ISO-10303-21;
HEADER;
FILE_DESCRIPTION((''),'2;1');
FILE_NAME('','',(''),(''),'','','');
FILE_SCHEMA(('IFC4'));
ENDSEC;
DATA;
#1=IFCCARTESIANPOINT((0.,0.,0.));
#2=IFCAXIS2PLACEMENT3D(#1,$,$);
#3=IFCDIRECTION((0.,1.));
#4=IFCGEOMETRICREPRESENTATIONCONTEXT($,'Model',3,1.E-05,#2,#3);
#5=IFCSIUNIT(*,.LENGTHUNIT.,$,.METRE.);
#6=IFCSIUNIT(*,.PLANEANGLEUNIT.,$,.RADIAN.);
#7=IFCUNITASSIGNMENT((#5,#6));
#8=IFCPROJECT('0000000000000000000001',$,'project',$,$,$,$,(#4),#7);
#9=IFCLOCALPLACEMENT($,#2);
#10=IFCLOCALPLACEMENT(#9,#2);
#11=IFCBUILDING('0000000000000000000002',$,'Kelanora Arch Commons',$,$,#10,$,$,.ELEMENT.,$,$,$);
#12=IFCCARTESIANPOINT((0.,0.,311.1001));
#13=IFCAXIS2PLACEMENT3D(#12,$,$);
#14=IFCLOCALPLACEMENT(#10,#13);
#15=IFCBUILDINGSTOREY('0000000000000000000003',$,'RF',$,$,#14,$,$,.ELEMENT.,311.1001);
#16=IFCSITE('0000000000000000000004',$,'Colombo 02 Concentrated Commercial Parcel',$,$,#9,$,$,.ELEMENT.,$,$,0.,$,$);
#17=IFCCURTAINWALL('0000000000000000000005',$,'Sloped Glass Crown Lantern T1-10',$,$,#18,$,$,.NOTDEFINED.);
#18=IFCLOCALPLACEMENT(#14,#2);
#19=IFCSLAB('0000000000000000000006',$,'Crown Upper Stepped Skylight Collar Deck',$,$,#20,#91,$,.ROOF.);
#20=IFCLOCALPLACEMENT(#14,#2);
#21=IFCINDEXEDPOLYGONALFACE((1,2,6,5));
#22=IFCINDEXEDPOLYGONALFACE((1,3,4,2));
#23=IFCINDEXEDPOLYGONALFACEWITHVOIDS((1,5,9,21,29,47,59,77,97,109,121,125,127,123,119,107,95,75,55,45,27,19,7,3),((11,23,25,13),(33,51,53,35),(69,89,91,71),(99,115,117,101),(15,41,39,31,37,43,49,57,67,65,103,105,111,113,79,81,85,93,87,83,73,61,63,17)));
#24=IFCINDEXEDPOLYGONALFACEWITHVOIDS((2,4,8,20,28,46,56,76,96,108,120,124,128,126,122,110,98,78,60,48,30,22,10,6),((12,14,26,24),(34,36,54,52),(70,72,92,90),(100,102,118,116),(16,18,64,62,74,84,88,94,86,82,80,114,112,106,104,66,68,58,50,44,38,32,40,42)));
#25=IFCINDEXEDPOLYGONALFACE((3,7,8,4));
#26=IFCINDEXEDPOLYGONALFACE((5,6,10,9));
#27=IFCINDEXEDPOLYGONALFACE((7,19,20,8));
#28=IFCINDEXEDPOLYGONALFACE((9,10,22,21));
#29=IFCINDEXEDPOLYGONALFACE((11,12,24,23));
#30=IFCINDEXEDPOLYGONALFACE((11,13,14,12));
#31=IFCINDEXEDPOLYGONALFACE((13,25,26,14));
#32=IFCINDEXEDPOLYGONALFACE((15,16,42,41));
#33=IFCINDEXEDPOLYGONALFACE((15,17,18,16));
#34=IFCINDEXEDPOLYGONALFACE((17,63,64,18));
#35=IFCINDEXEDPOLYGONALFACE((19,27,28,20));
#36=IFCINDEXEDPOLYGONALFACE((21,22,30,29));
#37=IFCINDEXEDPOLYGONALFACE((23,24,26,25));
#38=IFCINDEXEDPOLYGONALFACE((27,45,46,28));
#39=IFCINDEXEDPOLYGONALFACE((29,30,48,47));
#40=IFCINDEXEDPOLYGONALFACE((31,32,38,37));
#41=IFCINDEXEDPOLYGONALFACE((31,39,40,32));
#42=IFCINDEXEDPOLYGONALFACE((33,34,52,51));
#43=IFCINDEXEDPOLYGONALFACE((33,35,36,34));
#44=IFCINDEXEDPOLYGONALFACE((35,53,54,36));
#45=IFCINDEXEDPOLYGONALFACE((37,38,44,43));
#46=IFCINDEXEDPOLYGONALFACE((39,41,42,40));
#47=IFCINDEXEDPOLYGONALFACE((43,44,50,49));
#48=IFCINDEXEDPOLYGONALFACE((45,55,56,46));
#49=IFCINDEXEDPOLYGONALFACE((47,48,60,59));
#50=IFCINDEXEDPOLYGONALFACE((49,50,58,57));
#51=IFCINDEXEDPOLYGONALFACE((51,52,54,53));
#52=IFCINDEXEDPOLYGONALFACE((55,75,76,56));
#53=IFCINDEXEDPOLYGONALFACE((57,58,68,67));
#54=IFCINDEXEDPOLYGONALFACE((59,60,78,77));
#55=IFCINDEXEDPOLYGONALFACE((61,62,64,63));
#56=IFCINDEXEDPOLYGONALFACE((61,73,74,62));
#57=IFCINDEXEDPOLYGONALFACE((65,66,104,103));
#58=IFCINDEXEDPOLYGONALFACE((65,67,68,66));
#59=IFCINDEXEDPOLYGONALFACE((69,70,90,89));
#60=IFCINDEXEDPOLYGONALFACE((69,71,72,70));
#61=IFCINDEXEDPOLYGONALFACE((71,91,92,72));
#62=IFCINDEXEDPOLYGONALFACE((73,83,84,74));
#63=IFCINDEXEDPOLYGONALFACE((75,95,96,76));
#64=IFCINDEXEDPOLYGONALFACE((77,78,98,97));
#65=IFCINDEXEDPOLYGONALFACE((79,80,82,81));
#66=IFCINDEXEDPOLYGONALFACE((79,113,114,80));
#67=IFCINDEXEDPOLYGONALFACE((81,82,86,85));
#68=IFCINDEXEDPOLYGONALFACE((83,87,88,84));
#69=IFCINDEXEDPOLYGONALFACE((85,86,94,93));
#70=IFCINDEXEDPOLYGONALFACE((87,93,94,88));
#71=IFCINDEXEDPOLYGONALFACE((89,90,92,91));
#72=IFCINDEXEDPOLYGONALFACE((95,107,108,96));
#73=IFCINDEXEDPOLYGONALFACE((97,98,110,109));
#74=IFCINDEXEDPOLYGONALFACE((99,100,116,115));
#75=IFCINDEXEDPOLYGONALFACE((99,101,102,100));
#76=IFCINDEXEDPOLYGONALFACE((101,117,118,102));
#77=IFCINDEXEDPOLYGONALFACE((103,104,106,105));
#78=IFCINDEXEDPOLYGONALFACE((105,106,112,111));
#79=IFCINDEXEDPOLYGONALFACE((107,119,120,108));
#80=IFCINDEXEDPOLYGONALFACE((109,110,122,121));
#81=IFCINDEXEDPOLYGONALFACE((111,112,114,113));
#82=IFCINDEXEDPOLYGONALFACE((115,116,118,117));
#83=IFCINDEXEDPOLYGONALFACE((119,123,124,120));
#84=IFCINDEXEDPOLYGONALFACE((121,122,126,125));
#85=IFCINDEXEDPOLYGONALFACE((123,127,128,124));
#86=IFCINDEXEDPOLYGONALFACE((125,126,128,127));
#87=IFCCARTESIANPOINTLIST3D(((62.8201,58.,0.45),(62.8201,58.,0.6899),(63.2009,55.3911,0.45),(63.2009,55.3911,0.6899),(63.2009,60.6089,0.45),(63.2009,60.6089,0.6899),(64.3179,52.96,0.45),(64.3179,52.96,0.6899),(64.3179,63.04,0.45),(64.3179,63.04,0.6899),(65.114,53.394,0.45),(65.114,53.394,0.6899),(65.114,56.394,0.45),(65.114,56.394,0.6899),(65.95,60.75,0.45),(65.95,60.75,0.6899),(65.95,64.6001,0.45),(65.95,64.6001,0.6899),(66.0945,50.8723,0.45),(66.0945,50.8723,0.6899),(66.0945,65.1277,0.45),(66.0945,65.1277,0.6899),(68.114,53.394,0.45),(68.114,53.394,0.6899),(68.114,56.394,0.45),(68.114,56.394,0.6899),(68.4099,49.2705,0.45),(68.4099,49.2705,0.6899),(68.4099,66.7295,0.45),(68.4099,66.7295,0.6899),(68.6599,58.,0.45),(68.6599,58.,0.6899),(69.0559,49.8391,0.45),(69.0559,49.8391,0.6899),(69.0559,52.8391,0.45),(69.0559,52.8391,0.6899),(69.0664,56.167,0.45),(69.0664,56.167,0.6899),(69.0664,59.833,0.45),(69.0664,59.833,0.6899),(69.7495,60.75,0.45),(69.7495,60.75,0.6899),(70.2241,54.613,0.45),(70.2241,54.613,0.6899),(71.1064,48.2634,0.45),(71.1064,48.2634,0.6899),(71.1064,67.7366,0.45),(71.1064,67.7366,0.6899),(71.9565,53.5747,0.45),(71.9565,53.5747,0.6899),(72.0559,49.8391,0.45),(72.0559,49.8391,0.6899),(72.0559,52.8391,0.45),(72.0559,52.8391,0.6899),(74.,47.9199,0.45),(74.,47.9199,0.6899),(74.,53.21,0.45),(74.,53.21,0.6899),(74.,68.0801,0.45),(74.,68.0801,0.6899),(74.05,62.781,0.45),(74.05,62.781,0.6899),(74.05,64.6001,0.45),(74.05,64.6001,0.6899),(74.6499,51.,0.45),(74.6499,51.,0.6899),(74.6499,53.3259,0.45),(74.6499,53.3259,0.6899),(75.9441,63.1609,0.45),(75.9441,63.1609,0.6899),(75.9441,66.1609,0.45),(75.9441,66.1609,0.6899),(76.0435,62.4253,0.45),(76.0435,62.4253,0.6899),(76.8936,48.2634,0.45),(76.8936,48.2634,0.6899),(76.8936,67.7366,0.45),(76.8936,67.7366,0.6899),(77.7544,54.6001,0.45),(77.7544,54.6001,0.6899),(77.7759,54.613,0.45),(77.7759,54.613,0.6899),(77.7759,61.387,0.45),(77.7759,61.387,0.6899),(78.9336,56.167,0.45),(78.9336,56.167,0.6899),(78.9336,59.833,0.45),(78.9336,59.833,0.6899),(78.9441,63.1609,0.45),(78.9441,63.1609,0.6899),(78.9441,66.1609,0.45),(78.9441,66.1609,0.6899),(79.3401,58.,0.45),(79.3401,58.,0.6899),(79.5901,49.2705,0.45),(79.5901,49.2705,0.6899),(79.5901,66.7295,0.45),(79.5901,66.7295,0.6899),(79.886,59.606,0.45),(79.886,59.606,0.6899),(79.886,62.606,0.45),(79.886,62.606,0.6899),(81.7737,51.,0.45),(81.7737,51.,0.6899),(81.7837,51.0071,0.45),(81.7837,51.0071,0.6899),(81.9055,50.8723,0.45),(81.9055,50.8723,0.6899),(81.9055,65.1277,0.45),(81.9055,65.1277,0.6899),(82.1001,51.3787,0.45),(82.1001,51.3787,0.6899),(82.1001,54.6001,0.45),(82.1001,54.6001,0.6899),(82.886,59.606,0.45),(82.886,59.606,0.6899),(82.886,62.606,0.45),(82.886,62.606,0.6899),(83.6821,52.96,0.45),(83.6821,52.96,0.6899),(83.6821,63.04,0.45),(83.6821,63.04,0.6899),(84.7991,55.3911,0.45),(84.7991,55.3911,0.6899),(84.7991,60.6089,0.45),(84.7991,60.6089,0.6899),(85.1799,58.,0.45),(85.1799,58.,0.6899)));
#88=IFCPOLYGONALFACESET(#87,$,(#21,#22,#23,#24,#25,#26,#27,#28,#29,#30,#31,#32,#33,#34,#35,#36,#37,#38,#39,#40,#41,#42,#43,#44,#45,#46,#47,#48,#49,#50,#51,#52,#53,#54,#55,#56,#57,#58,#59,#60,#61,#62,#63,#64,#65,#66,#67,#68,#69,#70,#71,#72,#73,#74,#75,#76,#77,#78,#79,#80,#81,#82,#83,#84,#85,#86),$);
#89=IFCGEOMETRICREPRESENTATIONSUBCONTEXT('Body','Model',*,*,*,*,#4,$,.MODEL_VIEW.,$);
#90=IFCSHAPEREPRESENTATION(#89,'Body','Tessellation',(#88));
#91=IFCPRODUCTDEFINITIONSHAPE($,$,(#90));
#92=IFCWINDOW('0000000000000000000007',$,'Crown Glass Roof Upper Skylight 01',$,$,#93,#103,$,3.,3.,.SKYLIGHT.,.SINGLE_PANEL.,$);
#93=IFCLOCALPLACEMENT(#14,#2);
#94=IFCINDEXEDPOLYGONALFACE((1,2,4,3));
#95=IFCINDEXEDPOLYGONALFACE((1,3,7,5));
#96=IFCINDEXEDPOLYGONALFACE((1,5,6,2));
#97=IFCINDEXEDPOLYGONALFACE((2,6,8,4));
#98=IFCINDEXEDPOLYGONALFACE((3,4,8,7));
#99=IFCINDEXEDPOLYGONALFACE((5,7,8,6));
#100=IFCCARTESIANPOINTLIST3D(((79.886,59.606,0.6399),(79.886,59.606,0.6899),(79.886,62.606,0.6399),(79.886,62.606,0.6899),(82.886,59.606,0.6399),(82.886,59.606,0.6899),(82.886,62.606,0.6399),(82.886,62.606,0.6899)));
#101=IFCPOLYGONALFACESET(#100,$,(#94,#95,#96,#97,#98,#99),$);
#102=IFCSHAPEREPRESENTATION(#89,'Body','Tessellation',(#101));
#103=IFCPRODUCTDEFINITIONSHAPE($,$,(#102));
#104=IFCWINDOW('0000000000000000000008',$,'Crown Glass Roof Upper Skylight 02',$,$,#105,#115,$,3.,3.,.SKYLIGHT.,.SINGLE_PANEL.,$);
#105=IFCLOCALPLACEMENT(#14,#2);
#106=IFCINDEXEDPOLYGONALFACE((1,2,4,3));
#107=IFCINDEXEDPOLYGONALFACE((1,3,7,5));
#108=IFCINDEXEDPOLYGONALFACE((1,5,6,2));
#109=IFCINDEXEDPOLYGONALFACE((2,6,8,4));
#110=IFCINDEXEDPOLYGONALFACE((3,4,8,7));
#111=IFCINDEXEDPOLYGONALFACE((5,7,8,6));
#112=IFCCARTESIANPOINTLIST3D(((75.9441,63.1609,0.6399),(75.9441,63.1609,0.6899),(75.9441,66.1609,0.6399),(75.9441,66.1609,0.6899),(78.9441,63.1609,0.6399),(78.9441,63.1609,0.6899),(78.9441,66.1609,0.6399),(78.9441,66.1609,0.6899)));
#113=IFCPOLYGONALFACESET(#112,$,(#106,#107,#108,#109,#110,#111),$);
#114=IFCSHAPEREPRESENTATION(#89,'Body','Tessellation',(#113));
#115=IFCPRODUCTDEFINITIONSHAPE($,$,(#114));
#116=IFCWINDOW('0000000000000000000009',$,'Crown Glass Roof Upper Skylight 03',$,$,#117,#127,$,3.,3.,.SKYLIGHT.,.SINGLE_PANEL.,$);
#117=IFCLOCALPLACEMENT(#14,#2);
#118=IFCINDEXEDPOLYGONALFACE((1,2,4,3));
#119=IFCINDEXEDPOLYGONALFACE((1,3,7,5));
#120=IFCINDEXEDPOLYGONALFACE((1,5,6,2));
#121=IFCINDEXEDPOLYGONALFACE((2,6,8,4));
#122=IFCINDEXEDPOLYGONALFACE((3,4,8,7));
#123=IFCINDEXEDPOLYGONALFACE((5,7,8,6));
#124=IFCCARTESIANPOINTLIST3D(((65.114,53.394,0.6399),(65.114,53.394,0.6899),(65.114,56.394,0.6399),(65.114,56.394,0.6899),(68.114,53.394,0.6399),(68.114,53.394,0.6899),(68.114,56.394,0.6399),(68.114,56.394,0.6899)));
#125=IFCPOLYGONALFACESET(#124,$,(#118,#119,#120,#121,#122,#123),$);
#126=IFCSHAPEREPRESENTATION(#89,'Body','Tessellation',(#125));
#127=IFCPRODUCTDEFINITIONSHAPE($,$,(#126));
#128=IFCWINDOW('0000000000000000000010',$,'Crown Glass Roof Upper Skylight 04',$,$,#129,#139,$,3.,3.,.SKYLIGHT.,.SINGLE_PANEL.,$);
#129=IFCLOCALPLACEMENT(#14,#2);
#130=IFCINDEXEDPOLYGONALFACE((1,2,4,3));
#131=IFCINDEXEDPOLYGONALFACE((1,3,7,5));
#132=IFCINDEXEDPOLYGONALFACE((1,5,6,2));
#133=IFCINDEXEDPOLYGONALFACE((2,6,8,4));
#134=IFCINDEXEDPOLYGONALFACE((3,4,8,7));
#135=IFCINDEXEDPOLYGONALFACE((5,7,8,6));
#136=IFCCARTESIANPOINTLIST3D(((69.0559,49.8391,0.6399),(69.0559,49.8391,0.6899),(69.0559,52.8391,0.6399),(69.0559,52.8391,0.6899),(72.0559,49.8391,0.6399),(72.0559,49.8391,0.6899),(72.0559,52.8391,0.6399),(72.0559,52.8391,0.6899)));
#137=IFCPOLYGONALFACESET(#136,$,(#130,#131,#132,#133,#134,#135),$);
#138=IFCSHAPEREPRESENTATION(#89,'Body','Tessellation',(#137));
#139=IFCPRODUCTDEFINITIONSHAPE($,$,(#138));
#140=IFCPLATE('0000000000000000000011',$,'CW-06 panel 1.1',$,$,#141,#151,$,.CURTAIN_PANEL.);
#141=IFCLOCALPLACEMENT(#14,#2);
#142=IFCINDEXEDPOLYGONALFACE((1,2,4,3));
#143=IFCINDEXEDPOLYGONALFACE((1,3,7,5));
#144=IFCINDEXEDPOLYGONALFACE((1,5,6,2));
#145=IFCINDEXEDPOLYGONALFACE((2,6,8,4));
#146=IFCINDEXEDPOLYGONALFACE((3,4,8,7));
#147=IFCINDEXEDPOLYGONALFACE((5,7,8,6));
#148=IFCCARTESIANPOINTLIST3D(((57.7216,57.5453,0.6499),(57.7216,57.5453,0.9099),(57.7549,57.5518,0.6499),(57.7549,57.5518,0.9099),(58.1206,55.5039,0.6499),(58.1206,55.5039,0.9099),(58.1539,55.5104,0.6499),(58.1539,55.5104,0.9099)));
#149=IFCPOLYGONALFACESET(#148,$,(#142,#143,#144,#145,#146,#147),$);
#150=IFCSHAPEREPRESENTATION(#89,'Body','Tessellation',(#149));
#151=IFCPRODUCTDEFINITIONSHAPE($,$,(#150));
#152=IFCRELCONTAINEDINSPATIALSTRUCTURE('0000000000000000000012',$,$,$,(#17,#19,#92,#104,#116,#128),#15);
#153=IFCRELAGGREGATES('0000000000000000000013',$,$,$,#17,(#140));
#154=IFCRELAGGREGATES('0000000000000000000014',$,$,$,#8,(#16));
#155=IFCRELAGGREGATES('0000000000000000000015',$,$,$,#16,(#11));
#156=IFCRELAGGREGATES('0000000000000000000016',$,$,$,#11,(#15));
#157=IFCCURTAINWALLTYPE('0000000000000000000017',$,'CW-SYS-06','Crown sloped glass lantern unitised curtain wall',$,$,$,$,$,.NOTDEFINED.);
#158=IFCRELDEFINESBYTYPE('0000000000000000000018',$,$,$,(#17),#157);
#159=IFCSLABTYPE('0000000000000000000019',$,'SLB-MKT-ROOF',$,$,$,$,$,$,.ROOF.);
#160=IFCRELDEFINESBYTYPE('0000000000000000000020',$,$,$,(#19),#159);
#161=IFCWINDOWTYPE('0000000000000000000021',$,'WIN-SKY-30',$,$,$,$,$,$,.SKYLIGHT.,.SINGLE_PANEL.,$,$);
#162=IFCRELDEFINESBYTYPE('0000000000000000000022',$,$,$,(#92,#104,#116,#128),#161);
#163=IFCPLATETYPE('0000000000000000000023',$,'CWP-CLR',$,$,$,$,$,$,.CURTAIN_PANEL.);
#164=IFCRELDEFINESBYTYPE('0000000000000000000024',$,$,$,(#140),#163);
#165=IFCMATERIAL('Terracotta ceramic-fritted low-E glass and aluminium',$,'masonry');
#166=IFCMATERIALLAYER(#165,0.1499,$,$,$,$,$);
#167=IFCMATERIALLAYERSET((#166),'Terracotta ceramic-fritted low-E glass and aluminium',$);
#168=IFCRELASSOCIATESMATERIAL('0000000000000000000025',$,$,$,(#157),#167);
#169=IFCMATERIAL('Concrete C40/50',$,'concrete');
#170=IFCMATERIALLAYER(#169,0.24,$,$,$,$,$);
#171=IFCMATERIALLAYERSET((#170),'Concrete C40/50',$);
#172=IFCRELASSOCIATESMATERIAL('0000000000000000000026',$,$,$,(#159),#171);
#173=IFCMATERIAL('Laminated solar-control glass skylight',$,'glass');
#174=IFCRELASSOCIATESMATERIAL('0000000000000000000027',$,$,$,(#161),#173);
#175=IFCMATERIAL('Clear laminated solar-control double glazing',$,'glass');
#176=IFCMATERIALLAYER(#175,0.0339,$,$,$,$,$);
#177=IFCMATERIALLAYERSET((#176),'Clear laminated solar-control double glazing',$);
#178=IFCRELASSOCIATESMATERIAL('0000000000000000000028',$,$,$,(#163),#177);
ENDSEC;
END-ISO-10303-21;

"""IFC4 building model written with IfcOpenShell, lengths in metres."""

from ifc_helpers import new_model, si_unit, direction, frame, origin, origin_2d, place, context, subcontext, project, spatial, polyline, rectangle, outline, extrude, source, transform, mapped, material, layer, layer_set, type_object, element, fill, aggregate, save


model = new_model("IFC4")

# Units and contexts
model_context = context("Model", 3, precision=1e-05, world=origin(), true_north=direction((0.0, 1.0)))
body_context = subcontext(model_context, "Body", "Model", "MODEL_VIEW")
ifc_project = project(units=[si_unit("LENGTHUNIT", "METRE"), si_unit("PLANEANGLEUNIT", "RADIAN")], contexts=[model_context])

# Site, building, storey
site_placement = place(None, origin())
site = spatial("IfcSite", under=ifc_project, at=site_placement, Name="Colombo 02 Concentrated Commercial Parcel", CompositionType="ELEMENT", RefElevation=0.0)
building_placement = place(site_placement, origin())
building = spatial("IfcBuilding", under=site, at=building_placement, Name="Kelanora Arch Commons", CompositionType="ELEMENT")
storey_placement = place(building_placement, frame((0.0, 0.0, 311.1001)))
storey = spatial("IfcBuildingStorey", under=building, at=storey_placement, Name="RF", CompositionType="ELEMENT", Elevation=311.1001)

# Curtain wall
ifc_material_1 = material(Name="Terracotta ceramic-fritted low-E glass and aluminium", Category="masonry")
ifc_layer_1 = layer(ifc_material_1, 0.1499)
ifc_layer_set_1 = layer_set([ifc_layer_1], Name="Terracotta ceramic-fritted low-E glass and aluminium")
curtain_wall_type = type_object("IfcCurtainWallType", Name="CW-SYS-06", Description="Crown sloped glass lantern unitised curtain wall", PredefinedType="NOTDEFINED", material=ifc_layer_set_1)
curtain_wall_placement = place(storey_placement, origin())
curtain_wall = element("IfcCurtainWall", 1, at=curtain_wall_placement, inside=storey, type_object=curtain_wall_type, Name="Sloped Glass Crown Lantern T1-10", PredefinedType="NOTDEFINED")

# Shared definitions
ifc_material_2 = material(Name="Concrete C40/50", Category="concrete")
ifc_layer_2 = layer(ifc_material_2, 0.24)
ifc_layer_set_2 = layer_set([ifc_layer_2], Name="Concrete C40/50")
slab_type_1 = type_object("IfcSlabType", Name="SLB-MKT-ROOF", PredefinedType="ROOF", material=ifc_layer_set_2)

# Slab, openings, windows
ifc_material_3 = material(Name="Laminated solar-control glass skylight", Category="glass")
window_type = type_object("IfcWindowType", Name="WIN-SKY-30", PartitioningType="SINGLE_PANEL", PredefinedType="SKYLIGHT", material=ifc_material_3)
slab_1_placement = place(storey_placement, frame((0.0, 0.0, 0.45)))
slab_1 = element("IfcSlab", 2, at=slab_1_placement, inside=storey, type_object=slab_type_1, Name="Crown Upper Stepped Skylight Collar Deck", PredefinedType="ROOF", context=body_context, shape_type="SweptSolid", body=[
    extrude(outline(polyline([(85.1799, 58.0), (84.7991, 60.6089), (83.6821, 63.04), (81.9055, 65.1277), (79.5901, 66.7295), (76.8936, 67.7366), (74.0, 68.0801), (71.1064, 67.7366), (68.4099, 66.7295), (66.0945, 65.1277), (64.3179, 63.04), (63.2009, 60.6089), (62.8201, 58.0), (63.2009, 55.3911), (64.3179, 52.96), (66.0945, 50.8723), (68.4099, 49.2705), (71.1064, 48.2634), (74.0, 47.9199), (76.8936, 48.2634), (79.5901, 49.2705), (81.9055, 50.8723), (83.6821, 52.96), (84.7991, 55.3911), (85.1799, 58.0)]), holes=[polyline([(74.6499, 53.3259), (74.0, 53.21), (71.9565, 53.5747), (70.2241, 54.613), (69.0664, 56.167), (68.6599, 58.0), (69.0664, 59.833), (69.7495, 60.75), (65.95, 60.75), (65.95, 64.6001), (74.05, 64.6001), (74.05, 62.781), (76.0435, 62.4253), (77.7759, 61.387), (78.9336, 59.833), (79.3401, 58.0), (78.9336, 56.167), (77.7759, 54.613), (77.7544, 54.6001), (82.1001, 54.6001), (82.1001, 51.3787), (81.7837, 51.0071), (81.7737, 51.0), (74.6499, 51.0), (74.6499, 53.3259)])]), origin(), (0.0, 0.0, 1.0), 0.24),
])
opening_1_placement = place(slab_1_placement, frame((81.386, 61.106, 0.0)))
opening_1 = element("IfcOpeningElement", 3, at=opening_1_placement, cuts=slab_1, PredefinedType="OPENING", context=body_context, shape_type="SweptSolid", body=[
    extrude(rectangle(XDim=3.0, YDim=3.0, at=origin_2d()), frame((0.0, 0.0, -0.01)), (0.0, 0.0, 1.0), 0.26),
])
opening_2_placement = place(slab_1_placement, frame((77.4441, 64.6609, 0.0)))
opening_2 = element("IfcOpeningElement", 4, at=opening_2_placement, cuts=slab_1, PredefinedType="OPENING", context=body_context, shape_type="SweptSolid", body=[
    extrude(rectangle(XDim=3.0, YDim=3.0, at=origin_2d()), frame((0.0, 0.0, -0.01)), (0.0, 0.0, 1.0), 0.26),
])
opening_3_placement = place(slab_1_placement, frame((66.614, 54.894, 0.0)))
opening_3 = element("IfcOpeningElement", 5, at=opening_3_placement, cuts=slab_1, PredefinedType="OPENING", context=body_context, shape_type="SweptSolid", body=[
    extrude(rectangle(XDim=3.0, YDim=3.0, at=origin_2d()), frame((0.0, 0.0, -0.01)), (0.0, 0.0, 1.0), 0.26),
])
opening_4_placement = place(slab_1_placement, frame((70.5559, 51.3391, 0.0)))
opening_4 = element("IfcOpeningElement", 6, at=opening_4_placement, cuts=slab_1, PredefinedType="OPENING", context=body_context, shape_type="SweptSolid", body=[
    extrude(rectangle(XDim=3.0, YDim=3.0, at=origin_2d()), frame((0.0, 0.0, -0.01)), (0.0, 0.0, 1.0), 0.26),
])
window_1_placement = place(opening_1_placement, frame((0.0, 0.0, 0.1899)))
window_1 = element("IfcWindow", 7, at=window_1_placement, inside=storey, type_object=window_type, Name="Crown Glass Roof Upper Skylight 01", OverallHeight=3.0, OverallWidth=3.0, PartitioningType="SINGLE_PANEL", PredefinedType="SKYLIGHT", context=body_context, shape_type="SweptSolid", body=[
    extrude(rectangle(XDim=3.0, YDim=3.0, at=origin_2d()), origin(), (0.0, 0.0, 1.0), 0.05),
])
fill(opening_1, window_1)
window_2_placement = place(opening_2_placement, frame((0.0, 0.0, 0.1899)))
window_2 = element("IfcWindow", 8, at=window_2_placement, inside=storey, type_object=window_type, Name="Crown Glass Roof Upper Skylight 02", OverallHeight=3.0, OverallWidth=3.0, PartitioningType="SINGLE_PANEL", PredefinedType="SKYLIGHT", context=body_context, shape_type="SweptSolid", body=[
    extrude(rectangle(XDim=3.0, YDim=3.0, at=origin_2d()), origin(), (0.0, 0.0, 1.0), 0.05),
])
fill(opening_2, window_2)
window_3_placement = place(opening_3_placement, frame((0.0, 0.0, 0.1899)))
window_3 = element("IfcWindow", 9, at=window_3_placement, inside=storey, type_object=window_type, Name="Crown Glass Roof Upper Skylight 03", OverallHeight=3.0, OverallWidth=3.0, PartitioningType="SINGLE_PANEL", PredefinedType="SKYLIGHT", context=body_context, shape_type="SweptSolid", body=[
    extrude(rectangle(XDim=3.0, YDim=3.0, at=origin_2d()), origin(), (0.0, 0.0, 1.0), 0.05),
])
fill(opening_3, window_3)
window_4_placement = place(opening_4_placement, frame((0.0, 0.0, 0.1899)))
window_4 = element("IfcWindow", 10, at=window_4_placement, inside=storey, type_object=window_type, Name="Crown Glass Roof Upper Skylight 04", OverallHeight=3.0, OverallWidth=3.0, PartitioningType="SINGLE_PANEL", PredefinedType="SKYLIGHT", context=body_context, shape_type="SweptSolid", body=[
    extrude(rectangle(XDim=3.0, YDim=3.0, at=origin_2d()), origin(), (0.0, 0.0, 1.0), 0.05),
])
fill(opening_4, window_4)

# Plate
ifc_material_4 = material(Name="Clear laminated solar-control double glazing", Category="glass")
ifc_layer_3 = layer(ifc_material_4, 0.0339)
ifc_layer_set_3 = layer_set([ifc_layer_3], Name="Clear laminated solar-control double glazing")
plate_type = type_object("IfcPlateType", Name="CWP-CLR", PredefinedType="CURTAIN_PANEL", material=ifc_layer_set_3)
shared_shape = source(origin(), body_context, "Body", "SweptSolid", [
    extrude(rectangle(XDim=2.0801, YDim=0.0339, at=origin_2d()), origin(), (0.0, 0.0, 1.0), 0.26),
])
plate_placement = place(storey_placement, frame((57.9377, 56.5278, 0.6499), z_axis=(0.0, 0.0, 1.0), x_axis=(0.191834, -0.981427, 0.0)))
plate = element("IfcPlate", 11, at=plate_placement, type_object=plate_type, Name="CW-06 panel 1.1", PredefinedType="CURTAIN_PANEL", context=body_context, shape_type="MappedRepresentation", body=[
    mapped(shared_shape, transform((0.0, 0.0, 0.0), scale=1.0)),
])
aggregate(curtain_wall, [plate])

save(model, "model.ifc")
